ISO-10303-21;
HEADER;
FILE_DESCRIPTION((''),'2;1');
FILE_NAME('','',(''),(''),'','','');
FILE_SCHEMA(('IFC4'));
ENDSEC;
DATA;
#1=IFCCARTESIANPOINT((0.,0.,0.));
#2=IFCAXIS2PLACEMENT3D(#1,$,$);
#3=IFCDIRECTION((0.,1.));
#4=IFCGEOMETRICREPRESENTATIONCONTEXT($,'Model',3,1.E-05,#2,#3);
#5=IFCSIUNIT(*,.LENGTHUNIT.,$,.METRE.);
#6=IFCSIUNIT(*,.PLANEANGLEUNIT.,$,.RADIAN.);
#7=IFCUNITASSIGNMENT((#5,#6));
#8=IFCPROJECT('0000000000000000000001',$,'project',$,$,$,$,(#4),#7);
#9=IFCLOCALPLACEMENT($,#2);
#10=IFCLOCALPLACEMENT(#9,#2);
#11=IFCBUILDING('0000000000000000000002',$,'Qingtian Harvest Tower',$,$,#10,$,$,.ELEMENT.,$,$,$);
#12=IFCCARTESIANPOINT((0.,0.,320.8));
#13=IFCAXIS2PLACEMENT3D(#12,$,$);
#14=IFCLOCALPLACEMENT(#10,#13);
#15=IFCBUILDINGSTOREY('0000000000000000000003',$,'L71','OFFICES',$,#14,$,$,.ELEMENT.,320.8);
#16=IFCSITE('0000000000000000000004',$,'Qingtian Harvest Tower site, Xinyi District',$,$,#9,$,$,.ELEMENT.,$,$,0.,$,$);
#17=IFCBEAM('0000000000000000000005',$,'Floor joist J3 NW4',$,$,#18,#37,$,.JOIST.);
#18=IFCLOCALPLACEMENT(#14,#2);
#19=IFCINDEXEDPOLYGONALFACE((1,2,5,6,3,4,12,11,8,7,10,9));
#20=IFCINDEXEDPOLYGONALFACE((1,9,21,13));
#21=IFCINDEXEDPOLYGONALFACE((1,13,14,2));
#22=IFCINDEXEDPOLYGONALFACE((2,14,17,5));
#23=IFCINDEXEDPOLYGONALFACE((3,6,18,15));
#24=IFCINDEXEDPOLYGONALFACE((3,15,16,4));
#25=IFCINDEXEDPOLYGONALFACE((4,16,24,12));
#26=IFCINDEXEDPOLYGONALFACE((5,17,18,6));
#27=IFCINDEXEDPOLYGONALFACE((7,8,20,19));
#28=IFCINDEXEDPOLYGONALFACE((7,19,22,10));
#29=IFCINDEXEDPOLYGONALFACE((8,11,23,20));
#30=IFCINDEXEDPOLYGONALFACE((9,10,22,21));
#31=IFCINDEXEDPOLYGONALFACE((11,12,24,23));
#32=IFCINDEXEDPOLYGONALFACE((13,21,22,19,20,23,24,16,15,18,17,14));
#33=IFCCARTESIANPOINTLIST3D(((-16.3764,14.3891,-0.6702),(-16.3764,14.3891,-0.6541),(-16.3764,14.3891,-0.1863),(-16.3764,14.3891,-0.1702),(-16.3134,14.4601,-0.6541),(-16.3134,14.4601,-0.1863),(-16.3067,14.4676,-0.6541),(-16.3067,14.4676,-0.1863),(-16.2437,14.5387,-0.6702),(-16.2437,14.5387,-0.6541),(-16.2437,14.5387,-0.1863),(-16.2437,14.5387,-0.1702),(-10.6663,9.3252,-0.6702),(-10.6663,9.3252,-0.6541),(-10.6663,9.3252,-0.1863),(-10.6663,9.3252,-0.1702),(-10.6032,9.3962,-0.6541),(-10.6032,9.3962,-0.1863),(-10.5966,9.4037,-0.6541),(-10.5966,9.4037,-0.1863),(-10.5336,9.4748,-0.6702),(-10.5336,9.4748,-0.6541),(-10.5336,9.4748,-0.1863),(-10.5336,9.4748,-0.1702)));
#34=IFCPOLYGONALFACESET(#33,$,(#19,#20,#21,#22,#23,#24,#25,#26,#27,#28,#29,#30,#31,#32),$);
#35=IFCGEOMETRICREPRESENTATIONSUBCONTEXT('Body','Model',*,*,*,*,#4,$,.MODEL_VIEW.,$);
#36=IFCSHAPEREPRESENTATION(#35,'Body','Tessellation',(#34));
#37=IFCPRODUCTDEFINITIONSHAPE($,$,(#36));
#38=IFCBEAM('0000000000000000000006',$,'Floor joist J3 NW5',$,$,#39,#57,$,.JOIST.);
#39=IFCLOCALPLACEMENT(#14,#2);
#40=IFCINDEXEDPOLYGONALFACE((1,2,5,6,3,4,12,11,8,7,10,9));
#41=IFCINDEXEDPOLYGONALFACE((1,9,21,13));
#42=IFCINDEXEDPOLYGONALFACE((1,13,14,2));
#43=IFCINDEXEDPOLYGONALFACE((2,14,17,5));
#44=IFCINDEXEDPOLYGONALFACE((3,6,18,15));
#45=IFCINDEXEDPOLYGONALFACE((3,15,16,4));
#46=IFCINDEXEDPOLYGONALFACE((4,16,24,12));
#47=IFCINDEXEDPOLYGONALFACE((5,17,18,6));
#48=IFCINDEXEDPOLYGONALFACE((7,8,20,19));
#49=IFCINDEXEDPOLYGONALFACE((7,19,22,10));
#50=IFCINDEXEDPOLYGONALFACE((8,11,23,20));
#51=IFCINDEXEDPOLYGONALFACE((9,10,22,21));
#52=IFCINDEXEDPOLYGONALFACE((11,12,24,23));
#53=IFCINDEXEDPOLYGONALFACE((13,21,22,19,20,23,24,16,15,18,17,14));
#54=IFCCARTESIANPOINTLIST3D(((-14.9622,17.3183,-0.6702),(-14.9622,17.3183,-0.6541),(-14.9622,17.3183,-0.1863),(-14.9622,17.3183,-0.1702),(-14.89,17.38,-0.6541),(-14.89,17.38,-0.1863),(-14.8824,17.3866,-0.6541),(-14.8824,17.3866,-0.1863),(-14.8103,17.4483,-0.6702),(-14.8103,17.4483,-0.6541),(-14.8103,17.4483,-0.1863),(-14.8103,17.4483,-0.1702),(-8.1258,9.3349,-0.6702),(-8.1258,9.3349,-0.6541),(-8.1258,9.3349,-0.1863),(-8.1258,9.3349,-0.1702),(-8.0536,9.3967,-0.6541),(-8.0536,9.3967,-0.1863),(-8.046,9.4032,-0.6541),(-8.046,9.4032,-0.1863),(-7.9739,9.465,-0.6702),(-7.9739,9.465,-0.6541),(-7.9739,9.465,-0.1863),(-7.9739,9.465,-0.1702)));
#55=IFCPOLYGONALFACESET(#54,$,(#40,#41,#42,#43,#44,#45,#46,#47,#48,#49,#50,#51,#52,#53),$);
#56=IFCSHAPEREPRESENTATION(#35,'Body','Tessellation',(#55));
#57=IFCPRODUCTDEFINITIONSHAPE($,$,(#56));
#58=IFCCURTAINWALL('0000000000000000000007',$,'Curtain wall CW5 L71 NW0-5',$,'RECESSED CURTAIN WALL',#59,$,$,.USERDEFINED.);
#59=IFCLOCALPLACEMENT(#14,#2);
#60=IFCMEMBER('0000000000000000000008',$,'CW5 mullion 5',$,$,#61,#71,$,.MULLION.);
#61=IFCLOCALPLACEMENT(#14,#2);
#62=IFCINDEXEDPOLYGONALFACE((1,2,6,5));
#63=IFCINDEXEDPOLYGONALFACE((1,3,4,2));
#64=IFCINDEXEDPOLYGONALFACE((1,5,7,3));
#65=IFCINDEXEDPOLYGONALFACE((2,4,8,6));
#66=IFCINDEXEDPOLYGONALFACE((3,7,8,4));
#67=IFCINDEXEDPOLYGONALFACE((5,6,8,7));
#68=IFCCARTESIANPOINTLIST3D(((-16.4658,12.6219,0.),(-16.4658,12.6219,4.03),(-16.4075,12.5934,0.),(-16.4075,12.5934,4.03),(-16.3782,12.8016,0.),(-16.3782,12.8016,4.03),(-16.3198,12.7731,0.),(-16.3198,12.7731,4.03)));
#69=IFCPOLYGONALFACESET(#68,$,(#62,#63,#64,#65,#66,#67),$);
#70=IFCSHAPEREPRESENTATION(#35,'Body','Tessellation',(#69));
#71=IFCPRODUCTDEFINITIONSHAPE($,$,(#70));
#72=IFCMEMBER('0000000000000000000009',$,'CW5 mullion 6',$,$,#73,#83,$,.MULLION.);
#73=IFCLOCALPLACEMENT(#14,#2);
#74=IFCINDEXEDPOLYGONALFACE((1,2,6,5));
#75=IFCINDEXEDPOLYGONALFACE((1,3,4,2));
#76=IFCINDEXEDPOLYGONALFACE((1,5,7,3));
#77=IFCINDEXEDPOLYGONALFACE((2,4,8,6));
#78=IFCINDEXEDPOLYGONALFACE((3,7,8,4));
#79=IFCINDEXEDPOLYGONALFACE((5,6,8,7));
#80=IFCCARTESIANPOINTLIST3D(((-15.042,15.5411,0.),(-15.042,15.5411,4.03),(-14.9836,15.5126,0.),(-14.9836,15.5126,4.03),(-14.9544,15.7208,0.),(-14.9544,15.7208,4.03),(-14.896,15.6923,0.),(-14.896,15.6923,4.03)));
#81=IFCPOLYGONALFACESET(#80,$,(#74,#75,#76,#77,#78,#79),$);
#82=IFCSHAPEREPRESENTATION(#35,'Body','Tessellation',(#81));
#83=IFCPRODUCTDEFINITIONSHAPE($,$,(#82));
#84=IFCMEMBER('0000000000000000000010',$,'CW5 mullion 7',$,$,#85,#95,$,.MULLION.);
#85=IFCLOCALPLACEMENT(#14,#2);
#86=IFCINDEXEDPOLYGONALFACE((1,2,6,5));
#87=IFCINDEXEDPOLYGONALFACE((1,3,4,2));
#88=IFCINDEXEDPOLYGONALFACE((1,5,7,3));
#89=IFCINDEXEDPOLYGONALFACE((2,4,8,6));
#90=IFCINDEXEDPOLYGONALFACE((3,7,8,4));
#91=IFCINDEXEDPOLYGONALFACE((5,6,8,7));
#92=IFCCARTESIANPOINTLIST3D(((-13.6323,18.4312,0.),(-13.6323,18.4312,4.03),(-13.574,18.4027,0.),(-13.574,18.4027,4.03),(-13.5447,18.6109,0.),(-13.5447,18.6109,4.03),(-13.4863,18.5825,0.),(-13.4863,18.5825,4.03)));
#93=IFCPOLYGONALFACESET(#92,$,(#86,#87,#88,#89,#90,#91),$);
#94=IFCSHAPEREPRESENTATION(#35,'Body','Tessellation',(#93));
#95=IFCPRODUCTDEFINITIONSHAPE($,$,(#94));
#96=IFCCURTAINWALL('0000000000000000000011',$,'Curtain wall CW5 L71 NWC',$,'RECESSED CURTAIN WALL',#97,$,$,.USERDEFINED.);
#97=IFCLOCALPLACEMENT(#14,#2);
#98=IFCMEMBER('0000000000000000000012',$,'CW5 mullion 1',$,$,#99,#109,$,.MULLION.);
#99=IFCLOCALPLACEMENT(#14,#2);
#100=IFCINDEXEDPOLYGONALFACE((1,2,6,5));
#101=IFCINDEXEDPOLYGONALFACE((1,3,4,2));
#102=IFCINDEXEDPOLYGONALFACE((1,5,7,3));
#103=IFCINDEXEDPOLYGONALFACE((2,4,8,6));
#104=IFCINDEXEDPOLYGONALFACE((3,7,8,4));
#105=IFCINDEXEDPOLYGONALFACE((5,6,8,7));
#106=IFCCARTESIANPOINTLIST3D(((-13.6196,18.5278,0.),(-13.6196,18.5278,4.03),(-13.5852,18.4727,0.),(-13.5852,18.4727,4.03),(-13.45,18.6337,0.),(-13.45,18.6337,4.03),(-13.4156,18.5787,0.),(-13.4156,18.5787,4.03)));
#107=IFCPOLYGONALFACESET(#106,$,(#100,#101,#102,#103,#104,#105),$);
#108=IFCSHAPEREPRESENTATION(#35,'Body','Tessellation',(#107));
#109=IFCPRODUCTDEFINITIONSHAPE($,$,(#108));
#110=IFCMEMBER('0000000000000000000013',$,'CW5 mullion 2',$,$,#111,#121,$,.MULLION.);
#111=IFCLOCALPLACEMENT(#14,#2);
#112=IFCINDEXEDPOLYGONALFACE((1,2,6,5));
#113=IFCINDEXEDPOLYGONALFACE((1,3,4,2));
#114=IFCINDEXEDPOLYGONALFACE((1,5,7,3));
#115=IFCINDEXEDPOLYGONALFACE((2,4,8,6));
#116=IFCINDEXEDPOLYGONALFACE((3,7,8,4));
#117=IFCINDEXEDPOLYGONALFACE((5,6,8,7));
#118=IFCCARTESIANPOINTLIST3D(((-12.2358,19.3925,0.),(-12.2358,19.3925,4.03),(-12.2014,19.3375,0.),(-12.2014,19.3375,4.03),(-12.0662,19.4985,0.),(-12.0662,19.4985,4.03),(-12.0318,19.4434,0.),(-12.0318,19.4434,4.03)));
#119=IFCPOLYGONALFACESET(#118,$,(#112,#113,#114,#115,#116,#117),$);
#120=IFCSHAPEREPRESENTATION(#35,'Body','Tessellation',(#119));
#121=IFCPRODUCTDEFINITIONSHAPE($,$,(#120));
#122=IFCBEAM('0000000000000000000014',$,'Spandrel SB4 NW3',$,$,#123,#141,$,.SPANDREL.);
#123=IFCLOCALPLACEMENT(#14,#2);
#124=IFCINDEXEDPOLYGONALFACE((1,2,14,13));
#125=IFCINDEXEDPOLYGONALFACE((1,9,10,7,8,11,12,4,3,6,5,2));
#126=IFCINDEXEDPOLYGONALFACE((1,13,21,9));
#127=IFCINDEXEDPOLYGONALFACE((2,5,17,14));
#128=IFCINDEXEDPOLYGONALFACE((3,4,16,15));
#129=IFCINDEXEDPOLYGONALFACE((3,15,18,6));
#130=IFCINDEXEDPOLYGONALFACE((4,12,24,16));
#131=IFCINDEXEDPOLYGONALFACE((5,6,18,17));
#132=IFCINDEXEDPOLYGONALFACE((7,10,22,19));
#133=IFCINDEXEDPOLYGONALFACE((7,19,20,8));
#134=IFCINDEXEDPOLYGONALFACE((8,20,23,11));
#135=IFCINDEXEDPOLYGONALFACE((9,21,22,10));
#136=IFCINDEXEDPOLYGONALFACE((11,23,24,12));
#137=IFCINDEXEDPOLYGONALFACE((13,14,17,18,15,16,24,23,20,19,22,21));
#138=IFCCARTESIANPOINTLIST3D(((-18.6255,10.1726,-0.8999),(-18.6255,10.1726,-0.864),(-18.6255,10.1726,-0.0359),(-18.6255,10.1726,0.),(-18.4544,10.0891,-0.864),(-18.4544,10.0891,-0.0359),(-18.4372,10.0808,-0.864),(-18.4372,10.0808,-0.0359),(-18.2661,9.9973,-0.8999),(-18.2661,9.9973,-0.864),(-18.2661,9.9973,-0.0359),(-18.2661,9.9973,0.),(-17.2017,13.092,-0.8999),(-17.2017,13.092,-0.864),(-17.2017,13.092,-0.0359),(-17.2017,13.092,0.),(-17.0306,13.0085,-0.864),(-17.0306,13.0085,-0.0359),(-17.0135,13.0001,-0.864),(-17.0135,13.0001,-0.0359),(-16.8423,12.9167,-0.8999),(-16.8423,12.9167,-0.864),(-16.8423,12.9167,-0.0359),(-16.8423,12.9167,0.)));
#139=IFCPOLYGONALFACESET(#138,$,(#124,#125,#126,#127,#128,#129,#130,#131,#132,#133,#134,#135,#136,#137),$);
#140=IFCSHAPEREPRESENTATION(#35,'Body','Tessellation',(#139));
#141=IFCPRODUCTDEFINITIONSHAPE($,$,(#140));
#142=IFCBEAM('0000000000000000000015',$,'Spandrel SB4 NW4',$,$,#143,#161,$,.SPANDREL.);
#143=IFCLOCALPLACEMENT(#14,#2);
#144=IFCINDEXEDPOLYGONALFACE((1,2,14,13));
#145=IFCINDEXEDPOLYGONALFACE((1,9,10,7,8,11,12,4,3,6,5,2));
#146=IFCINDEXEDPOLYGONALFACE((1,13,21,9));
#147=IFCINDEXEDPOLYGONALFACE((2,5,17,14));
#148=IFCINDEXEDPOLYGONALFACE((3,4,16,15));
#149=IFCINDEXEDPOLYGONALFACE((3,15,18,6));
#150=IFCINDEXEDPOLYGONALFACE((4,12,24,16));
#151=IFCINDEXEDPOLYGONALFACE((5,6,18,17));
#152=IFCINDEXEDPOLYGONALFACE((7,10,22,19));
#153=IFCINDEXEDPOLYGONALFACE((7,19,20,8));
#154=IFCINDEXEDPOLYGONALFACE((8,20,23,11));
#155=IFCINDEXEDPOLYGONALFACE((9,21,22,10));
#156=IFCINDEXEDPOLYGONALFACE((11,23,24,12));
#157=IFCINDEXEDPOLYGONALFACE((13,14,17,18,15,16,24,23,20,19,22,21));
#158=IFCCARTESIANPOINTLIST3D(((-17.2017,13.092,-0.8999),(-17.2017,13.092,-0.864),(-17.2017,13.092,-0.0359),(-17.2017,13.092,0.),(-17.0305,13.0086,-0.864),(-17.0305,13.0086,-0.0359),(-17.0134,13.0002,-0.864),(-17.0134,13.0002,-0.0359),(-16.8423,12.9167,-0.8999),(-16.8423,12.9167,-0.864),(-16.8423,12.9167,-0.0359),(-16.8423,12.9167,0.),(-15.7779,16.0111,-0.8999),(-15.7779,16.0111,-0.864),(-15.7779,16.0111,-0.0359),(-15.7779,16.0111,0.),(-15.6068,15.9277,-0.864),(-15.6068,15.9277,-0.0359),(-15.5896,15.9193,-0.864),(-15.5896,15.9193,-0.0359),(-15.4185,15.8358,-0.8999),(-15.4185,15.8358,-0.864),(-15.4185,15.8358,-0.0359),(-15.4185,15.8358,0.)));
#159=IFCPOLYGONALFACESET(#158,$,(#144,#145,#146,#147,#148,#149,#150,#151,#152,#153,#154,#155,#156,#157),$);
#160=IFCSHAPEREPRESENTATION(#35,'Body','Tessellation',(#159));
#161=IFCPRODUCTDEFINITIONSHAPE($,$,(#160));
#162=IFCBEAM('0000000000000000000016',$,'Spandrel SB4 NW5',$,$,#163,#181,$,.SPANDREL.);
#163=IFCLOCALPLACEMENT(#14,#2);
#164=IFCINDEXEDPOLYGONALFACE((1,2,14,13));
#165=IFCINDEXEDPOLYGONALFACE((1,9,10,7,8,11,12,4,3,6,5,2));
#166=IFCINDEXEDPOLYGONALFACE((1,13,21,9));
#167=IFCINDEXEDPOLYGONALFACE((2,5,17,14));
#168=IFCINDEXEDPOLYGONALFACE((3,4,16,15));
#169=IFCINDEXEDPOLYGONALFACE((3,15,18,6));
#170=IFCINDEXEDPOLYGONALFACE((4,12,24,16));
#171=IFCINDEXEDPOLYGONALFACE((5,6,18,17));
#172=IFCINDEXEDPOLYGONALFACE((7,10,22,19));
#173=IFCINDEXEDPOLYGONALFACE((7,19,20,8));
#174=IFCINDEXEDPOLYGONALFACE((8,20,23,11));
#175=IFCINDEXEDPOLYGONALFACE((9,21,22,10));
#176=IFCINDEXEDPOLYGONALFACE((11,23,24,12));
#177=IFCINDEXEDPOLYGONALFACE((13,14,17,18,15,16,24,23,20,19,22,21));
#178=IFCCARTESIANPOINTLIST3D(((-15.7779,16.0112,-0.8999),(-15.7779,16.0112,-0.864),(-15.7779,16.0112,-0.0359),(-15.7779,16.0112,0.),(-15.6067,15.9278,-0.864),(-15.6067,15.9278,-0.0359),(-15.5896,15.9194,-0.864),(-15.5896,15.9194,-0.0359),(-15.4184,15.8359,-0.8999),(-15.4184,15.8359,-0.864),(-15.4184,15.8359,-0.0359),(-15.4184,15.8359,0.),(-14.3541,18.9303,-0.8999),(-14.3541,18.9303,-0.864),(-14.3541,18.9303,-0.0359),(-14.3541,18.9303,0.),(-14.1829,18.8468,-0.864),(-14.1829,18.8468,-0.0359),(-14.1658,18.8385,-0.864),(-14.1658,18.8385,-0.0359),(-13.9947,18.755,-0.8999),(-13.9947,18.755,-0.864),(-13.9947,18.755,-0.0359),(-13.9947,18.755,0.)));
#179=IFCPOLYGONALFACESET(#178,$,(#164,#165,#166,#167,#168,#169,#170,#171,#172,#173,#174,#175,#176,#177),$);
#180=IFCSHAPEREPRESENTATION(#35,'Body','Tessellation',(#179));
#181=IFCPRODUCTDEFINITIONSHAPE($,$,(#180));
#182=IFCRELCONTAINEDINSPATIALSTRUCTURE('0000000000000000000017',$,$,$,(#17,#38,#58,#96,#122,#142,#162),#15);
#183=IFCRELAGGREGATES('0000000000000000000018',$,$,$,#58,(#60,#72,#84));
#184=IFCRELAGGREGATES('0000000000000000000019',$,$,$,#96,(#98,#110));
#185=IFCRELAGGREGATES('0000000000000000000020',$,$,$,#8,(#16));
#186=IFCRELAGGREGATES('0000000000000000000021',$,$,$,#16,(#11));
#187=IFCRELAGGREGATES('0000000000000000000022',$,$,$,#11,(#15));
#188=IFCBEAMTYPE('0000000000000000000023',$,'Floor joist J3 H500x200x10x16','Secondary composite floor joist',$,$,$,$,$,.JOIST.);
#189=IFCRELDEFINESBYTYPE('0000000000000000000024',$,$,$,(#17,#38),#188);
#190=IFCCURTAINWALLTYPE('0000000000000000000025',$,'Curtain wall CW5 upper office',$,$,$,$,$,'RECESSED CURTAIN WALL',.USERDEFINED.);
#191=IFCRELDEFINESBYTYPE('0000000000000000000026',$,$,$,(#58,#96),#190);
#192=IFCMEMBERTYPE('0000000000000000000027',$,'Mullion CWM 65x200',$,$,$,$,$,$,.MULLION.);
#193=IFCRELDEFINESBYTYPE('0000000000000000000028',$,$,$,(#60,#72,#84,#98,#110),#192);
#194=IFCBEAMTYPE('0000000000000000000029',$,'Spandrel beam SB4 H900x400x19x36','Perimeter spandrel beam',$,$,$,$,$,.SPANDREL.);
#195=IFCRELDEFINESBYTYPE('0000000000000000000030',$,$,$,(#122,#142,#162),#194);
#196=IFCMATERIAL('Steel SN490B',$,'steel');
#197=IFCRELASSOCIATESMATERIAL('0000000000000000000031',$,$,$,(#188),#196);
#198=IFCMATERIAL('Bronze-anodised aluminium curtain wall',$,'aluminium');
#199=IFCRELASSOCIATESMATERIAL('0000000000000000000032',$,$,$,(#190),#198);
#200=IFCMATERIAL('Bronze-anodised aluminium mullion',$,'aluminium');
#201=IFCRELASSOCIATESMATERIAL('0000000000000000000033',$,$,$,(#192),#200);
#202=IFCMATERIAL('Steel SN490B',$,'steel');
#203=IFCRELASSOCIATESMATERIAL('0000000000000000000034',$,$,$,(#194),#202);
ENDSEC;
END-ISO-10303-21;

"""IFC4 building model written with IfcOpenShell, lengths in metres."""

from ifc_helpers import new_model, si_unit, direction, frame, origin, origin_2d, place, context, subcontext, project, spatial, rectangle, i_section, extrude, material, material_profile, profile_set, type_object, element, aggregate, save


model = new_model("IFC4")

# Units and contexts
model_context = context("Model", 3, precision=1e-05, world=origin(), true_north=direction((0.0, 1.0)))
body_context = subcontext(model_context, "Body", "Model", "MODEL_VIEW")
ifc_project = project(units=[si_unit("LENGTHUNIT", "METRE"), si_unit("PLANEANGLEUNIT", "RADIAN")], contexts=[model_context])

# Site, building, storey
site_placement = place(None, origin())
site = spatial("IfcSite", under=ifc_project, at=site_placement, Name="Qingtian Harvest Tower site, Xinyi District", CompositionType="ELEMENT", RefElevation=0.0)
building_placement = place(site_placement, origin())
building = spatial("IfcBuilding", under=site, at=building_placement, Name="Qingtian Harvest Tower", CompositionType="ELEMENT")
storey_placement = place(building_placement, frame((0.0, 0.0, 320.8)))
storey = spatial("IfcBuildingStorey", under=building, at=storey_placement, Name="L71", Description="OFFICES", CompositionType="ELEMENT", Elevation=320.8)

# Beams
ifc_material_1 = material(Name="Steel SN490B", Category="steel")
ifc_material_profile_1 = material_profile(ifc_material_1, i_section(OverallWidth=0.2, OverallDepth=0.5, WebThickness=0.01, FlangeThickness=0.0161, at=origin_2d()), Name="H500x200x10x16")
ifc_profile_set_1 = profile_set([ifc_material_profile_1], Name="Steel SN490B")
beam_type_1 = type_object("IfcBeamType", Name="Floor joist J3 H500x200x10x16", Description="Secondary composite floor joist", PredefinedType="JOIST", material=ifc_profile_set_1)
beam_1_placement = place(storey_placement, frame((-16.3101, 14.4639, -0.4202), z_axis=(0.748175, -0.663502, 0.0), x_axis=(0.663502, 0.748175, 0.0)))
element("IfcBeam", 1, at=beam_1_placement, inside=storey, type_object=beam_type_1, Name="Floor joist J3 NW4", PredefinedType="JOIST", context=body_context, shape_type="SweptSolid", body=[
    extrude(i_section(OverallWidth=0.2, OverallDepth=0.5, WebThickness=0.01, FlangeThickness=0.0161, at=origin_2d()), origin(), (0.0, 0.0, 1.0), 7.6321),
])
beam_2_placement = place(storey_placement, frame((-14.8862, 17.3833, -0.4202), z_axis=(0.650436, -0.759561, 0.0), x_axis=(0.759561, 0.650436, 0.0)))
element("IfcBeam", 2, at=beam_2_placement, inside=storey, type_object=beam_type_1, Name="Floor joist J3 NW5", PredefinedType="JOIST", context=body_context, shape_type="SweptSolid", body=[
    extrude(i_section(OverallWidth=0.2, OverallDepth=0.5, WebThickness=0.01, FlangeThickness=0.0161, at=origin_2d()), origin(), (0.0, 0.0, 1.0), 10.5105),
])

# Curtain walls, members
ifc_material_2 = material(Name="Bronze-anodised aluminium curtain wall", Category="aluminium")
curtain_wall_type = type_object("IfcCurtainWallType", Name="Curtain wall CW5 upper office", ElementType="RECESSED CURTAIN WALL", PredefinedType="USERDEFINED", material=ifc_material_2)
curtain_wall_1_placement = place(storey_placement, origin())
curtain_wall_1 = element("IfcCurtainWall", 3, at=curtain_wall_1_placement, inside=storey, type_object=curtain_wall_type, Name="Curtain wall CW5 L71 NW0-5", ObjectType="RECESSED CURTAIN WALL", PredefinedType="USERDEFINED")
ifc_material_3 = material(Name="Bronze-anodised aluminium mullion", Category="aluminium")
ifc_material_profile_2 = material_profile(ifc_material_3, rectangle(XDim=0.0649, YDim=0.2, at=origin_2d()), Name="AL 65x200")
ifc_profile_set_2 = profile_set([ifc_material_profile_2], Name="Bronze-anodised aluminium mullion")
member_type_1 = type_object("IfcMemberType", Name="Mullion CWM 65x200", PredefinedType="MULLION", material=ifc_profile_set_2)
member_1_placement = place(storey_placement, frame((-16.3928, 12.6975, 0.0), z_axis=(0.0, 0.0, 1.0), x_axis=(-0.898794, 0.438371, 0.0)))
member_1 = element("IfcMember", 4, at=member_1_placement, type_object=member_type_1, Name="CW5 mullion 5", PredefinedType="MULLION", context=body_context, shape_type="SweptSolid", body=[
    extrude(rectangle(XDim=0.0649, YDim=0.2, at=origin_2d()), origin(), (0.0, 0.0, 1.0), 4.03),
])
member_2_placement = place(storey_placement, frame((-14.969, 15.6167, 0.0), z_axis=(0.0, 0.0, 1.0), x_axis=(-0.898794, 0.438371, 0.0)))
member_2 = element("IfcMember", 5, at=member_2_placement, type_object=member_type_1, Name="CW5 mullion 6", PredefinedType="MULLION", context=body_context, shape_type="SweptSolid", body=[
    extrude(rectangle(XDim=0.0649, YDim=0.2, at=origin_2d()), origin(), (0.0, 0.0, 1.0), 4.03),
])
member_3_placement = place(storey_placement, frame((-13.5593, 18.5068, 0.0), z_axis=(0.0, 0.0, 1.0), x_axis=(-0.898794, 0.438371, 0.0)))
member_3 = element("IfcMember", 6, at=member_3_placement, type_object=member_type_1, Name="CW5 mullion 7", PredefinedType="MULLION", context=body_context, shape_type="SweptSolid", body=[
    extrude(rectangle(XDim=0.0649, YDim=0.2, at=origin_2d()), origin(), (0.0, 0.0, 1.0), 4.03),
])
curtain_wall_2_placement = place(storey_placement, origin())
curtain_wall_2 = element("IfcCurtainWall", 7, at=curtain_wall_2_placement, inside=storey, type_object=curtain_wall_type, Name="Curtain wall CW5 L71 NWC", ObjectType="RECESSED CURTAIN WALL", PredefinedType="USERDEFINED")
member_4_placement = place(storey_placement, frame((-13.5176, 18.5532, 0.0), z_axis=(0.0, 0.0, 1.0), x_axis=(-0.529919, 0.848048, 0.0)))
member_4 = element("IfcMember", 8, at=member_4_placement, type_object=member_type_1, Name="CW5 mullion 1", PredefinedType="MULLION", context=body_context, shape_type="SweptSolid", body=[
    extrude(rectangle(XDim=0.0649, YDim=0.2, at=origin_2d()), origin(), (0.0, 0.0, 1.0), 4.03),
])
member_5_placement = place(storey_placement, frame((-12.1338, 19.418, 0.0), z_axis=(0.0, 0.0, 1.0), x_axis=(-0.529919, 0.848048, 0.0)))
member_5 = element("IfcMember", 9, at=member_5_placement, type_object=member_type_1, Name="CW5 mullion 2", PredefinedType="MULLION", context=body_context, shape_type="SweptSolid", body=[
    extrude(rectangle(XDim=0.0649, YDim=0.2, at=origin_2d()), origin(), (0.0, 0.0, 1.0), 4.03),
])

# Beams
ifc_material_4 = material(Name="Steel SN490B", Category="steel")
ifc_material_profile_3 = material_profile(ifc_material_4, i_section(OverallWidth=0.3999, OverallDepth=0.8999, WebThickness=0.019, FlangeThickness=0.0359, at=origin_2d()), Name="H900x400x19x36")
ifc_profile_set_3 = profile_set([ifc_material_profile_3], Name="Steel SN490B")
beam_type_2 = type_object("IfcBeamType", Name="Spandrel beam SB4 H900x400x19x36", Description="Perimeter spandrel beam", PredefinedType="SPANDREL", material=ifc_profile_set_3)
beam_3_placement = place(storey_placement, frame((-18.4458, 10.085, -0.45), z_axis=(0.438353, 0.898803, 0.0), x_axis=(-0.898803, 0.438353, 0.0)))
element("IfcBeam", 10, at=beam_3_placement, inside=storey, type_object=beam_type_2, Name="Spandrel SB4 NW3", PredefinedType="SPANDREL", context=body_context, shape_type="SweptSolid", body=[
    extrude(i_section(OverallWidth=0.3999, OverallDepth=0.8999, WebThickness=0.019, FlangeThickness=0.0359, at=origin_2d()), origin(), (0.0, 0.0, 1.0), 3.248),
])
for number, where, z_axis, x_axis, name in (
    (11, (-17.022, 13.0044, -0.45), (0.438382, 0.898789, 0.0), (-0.898789, 0.438382, 0.0), "Spandrel SB4 NW4"),
    (12, (-15.5981, 15.9236, -0.45), (0.438382, 0.898789, 0.0), (-0.898789, 0.438382, 0.0), "Spandrel SB4 NW5"),
):
    element("IfcBeam", number, at=place(storey_placement, frame(where, z_axis=z_axis, x_axis=x_axis)), inside=storey, type_object=beam_type_2, Name=name, PredefinedType="SPANDREL", context=body_context, shape_type="SweptSolid", body=[
        extrude(i_section(OverallWidth=0.3999, OverallDepth=0.8999, WebThickness=0.019, FlangeThickness=0.0359, at=origin_2d()), origin(), (0.0, 0.0, 1.0), 3.2478),
    ])

aggregate(curtain_wall_1, [member_1, member_2, member_3])
aggregate(curtain_wall_2, [member_4, member_5])

save(model, "model.ifc")
